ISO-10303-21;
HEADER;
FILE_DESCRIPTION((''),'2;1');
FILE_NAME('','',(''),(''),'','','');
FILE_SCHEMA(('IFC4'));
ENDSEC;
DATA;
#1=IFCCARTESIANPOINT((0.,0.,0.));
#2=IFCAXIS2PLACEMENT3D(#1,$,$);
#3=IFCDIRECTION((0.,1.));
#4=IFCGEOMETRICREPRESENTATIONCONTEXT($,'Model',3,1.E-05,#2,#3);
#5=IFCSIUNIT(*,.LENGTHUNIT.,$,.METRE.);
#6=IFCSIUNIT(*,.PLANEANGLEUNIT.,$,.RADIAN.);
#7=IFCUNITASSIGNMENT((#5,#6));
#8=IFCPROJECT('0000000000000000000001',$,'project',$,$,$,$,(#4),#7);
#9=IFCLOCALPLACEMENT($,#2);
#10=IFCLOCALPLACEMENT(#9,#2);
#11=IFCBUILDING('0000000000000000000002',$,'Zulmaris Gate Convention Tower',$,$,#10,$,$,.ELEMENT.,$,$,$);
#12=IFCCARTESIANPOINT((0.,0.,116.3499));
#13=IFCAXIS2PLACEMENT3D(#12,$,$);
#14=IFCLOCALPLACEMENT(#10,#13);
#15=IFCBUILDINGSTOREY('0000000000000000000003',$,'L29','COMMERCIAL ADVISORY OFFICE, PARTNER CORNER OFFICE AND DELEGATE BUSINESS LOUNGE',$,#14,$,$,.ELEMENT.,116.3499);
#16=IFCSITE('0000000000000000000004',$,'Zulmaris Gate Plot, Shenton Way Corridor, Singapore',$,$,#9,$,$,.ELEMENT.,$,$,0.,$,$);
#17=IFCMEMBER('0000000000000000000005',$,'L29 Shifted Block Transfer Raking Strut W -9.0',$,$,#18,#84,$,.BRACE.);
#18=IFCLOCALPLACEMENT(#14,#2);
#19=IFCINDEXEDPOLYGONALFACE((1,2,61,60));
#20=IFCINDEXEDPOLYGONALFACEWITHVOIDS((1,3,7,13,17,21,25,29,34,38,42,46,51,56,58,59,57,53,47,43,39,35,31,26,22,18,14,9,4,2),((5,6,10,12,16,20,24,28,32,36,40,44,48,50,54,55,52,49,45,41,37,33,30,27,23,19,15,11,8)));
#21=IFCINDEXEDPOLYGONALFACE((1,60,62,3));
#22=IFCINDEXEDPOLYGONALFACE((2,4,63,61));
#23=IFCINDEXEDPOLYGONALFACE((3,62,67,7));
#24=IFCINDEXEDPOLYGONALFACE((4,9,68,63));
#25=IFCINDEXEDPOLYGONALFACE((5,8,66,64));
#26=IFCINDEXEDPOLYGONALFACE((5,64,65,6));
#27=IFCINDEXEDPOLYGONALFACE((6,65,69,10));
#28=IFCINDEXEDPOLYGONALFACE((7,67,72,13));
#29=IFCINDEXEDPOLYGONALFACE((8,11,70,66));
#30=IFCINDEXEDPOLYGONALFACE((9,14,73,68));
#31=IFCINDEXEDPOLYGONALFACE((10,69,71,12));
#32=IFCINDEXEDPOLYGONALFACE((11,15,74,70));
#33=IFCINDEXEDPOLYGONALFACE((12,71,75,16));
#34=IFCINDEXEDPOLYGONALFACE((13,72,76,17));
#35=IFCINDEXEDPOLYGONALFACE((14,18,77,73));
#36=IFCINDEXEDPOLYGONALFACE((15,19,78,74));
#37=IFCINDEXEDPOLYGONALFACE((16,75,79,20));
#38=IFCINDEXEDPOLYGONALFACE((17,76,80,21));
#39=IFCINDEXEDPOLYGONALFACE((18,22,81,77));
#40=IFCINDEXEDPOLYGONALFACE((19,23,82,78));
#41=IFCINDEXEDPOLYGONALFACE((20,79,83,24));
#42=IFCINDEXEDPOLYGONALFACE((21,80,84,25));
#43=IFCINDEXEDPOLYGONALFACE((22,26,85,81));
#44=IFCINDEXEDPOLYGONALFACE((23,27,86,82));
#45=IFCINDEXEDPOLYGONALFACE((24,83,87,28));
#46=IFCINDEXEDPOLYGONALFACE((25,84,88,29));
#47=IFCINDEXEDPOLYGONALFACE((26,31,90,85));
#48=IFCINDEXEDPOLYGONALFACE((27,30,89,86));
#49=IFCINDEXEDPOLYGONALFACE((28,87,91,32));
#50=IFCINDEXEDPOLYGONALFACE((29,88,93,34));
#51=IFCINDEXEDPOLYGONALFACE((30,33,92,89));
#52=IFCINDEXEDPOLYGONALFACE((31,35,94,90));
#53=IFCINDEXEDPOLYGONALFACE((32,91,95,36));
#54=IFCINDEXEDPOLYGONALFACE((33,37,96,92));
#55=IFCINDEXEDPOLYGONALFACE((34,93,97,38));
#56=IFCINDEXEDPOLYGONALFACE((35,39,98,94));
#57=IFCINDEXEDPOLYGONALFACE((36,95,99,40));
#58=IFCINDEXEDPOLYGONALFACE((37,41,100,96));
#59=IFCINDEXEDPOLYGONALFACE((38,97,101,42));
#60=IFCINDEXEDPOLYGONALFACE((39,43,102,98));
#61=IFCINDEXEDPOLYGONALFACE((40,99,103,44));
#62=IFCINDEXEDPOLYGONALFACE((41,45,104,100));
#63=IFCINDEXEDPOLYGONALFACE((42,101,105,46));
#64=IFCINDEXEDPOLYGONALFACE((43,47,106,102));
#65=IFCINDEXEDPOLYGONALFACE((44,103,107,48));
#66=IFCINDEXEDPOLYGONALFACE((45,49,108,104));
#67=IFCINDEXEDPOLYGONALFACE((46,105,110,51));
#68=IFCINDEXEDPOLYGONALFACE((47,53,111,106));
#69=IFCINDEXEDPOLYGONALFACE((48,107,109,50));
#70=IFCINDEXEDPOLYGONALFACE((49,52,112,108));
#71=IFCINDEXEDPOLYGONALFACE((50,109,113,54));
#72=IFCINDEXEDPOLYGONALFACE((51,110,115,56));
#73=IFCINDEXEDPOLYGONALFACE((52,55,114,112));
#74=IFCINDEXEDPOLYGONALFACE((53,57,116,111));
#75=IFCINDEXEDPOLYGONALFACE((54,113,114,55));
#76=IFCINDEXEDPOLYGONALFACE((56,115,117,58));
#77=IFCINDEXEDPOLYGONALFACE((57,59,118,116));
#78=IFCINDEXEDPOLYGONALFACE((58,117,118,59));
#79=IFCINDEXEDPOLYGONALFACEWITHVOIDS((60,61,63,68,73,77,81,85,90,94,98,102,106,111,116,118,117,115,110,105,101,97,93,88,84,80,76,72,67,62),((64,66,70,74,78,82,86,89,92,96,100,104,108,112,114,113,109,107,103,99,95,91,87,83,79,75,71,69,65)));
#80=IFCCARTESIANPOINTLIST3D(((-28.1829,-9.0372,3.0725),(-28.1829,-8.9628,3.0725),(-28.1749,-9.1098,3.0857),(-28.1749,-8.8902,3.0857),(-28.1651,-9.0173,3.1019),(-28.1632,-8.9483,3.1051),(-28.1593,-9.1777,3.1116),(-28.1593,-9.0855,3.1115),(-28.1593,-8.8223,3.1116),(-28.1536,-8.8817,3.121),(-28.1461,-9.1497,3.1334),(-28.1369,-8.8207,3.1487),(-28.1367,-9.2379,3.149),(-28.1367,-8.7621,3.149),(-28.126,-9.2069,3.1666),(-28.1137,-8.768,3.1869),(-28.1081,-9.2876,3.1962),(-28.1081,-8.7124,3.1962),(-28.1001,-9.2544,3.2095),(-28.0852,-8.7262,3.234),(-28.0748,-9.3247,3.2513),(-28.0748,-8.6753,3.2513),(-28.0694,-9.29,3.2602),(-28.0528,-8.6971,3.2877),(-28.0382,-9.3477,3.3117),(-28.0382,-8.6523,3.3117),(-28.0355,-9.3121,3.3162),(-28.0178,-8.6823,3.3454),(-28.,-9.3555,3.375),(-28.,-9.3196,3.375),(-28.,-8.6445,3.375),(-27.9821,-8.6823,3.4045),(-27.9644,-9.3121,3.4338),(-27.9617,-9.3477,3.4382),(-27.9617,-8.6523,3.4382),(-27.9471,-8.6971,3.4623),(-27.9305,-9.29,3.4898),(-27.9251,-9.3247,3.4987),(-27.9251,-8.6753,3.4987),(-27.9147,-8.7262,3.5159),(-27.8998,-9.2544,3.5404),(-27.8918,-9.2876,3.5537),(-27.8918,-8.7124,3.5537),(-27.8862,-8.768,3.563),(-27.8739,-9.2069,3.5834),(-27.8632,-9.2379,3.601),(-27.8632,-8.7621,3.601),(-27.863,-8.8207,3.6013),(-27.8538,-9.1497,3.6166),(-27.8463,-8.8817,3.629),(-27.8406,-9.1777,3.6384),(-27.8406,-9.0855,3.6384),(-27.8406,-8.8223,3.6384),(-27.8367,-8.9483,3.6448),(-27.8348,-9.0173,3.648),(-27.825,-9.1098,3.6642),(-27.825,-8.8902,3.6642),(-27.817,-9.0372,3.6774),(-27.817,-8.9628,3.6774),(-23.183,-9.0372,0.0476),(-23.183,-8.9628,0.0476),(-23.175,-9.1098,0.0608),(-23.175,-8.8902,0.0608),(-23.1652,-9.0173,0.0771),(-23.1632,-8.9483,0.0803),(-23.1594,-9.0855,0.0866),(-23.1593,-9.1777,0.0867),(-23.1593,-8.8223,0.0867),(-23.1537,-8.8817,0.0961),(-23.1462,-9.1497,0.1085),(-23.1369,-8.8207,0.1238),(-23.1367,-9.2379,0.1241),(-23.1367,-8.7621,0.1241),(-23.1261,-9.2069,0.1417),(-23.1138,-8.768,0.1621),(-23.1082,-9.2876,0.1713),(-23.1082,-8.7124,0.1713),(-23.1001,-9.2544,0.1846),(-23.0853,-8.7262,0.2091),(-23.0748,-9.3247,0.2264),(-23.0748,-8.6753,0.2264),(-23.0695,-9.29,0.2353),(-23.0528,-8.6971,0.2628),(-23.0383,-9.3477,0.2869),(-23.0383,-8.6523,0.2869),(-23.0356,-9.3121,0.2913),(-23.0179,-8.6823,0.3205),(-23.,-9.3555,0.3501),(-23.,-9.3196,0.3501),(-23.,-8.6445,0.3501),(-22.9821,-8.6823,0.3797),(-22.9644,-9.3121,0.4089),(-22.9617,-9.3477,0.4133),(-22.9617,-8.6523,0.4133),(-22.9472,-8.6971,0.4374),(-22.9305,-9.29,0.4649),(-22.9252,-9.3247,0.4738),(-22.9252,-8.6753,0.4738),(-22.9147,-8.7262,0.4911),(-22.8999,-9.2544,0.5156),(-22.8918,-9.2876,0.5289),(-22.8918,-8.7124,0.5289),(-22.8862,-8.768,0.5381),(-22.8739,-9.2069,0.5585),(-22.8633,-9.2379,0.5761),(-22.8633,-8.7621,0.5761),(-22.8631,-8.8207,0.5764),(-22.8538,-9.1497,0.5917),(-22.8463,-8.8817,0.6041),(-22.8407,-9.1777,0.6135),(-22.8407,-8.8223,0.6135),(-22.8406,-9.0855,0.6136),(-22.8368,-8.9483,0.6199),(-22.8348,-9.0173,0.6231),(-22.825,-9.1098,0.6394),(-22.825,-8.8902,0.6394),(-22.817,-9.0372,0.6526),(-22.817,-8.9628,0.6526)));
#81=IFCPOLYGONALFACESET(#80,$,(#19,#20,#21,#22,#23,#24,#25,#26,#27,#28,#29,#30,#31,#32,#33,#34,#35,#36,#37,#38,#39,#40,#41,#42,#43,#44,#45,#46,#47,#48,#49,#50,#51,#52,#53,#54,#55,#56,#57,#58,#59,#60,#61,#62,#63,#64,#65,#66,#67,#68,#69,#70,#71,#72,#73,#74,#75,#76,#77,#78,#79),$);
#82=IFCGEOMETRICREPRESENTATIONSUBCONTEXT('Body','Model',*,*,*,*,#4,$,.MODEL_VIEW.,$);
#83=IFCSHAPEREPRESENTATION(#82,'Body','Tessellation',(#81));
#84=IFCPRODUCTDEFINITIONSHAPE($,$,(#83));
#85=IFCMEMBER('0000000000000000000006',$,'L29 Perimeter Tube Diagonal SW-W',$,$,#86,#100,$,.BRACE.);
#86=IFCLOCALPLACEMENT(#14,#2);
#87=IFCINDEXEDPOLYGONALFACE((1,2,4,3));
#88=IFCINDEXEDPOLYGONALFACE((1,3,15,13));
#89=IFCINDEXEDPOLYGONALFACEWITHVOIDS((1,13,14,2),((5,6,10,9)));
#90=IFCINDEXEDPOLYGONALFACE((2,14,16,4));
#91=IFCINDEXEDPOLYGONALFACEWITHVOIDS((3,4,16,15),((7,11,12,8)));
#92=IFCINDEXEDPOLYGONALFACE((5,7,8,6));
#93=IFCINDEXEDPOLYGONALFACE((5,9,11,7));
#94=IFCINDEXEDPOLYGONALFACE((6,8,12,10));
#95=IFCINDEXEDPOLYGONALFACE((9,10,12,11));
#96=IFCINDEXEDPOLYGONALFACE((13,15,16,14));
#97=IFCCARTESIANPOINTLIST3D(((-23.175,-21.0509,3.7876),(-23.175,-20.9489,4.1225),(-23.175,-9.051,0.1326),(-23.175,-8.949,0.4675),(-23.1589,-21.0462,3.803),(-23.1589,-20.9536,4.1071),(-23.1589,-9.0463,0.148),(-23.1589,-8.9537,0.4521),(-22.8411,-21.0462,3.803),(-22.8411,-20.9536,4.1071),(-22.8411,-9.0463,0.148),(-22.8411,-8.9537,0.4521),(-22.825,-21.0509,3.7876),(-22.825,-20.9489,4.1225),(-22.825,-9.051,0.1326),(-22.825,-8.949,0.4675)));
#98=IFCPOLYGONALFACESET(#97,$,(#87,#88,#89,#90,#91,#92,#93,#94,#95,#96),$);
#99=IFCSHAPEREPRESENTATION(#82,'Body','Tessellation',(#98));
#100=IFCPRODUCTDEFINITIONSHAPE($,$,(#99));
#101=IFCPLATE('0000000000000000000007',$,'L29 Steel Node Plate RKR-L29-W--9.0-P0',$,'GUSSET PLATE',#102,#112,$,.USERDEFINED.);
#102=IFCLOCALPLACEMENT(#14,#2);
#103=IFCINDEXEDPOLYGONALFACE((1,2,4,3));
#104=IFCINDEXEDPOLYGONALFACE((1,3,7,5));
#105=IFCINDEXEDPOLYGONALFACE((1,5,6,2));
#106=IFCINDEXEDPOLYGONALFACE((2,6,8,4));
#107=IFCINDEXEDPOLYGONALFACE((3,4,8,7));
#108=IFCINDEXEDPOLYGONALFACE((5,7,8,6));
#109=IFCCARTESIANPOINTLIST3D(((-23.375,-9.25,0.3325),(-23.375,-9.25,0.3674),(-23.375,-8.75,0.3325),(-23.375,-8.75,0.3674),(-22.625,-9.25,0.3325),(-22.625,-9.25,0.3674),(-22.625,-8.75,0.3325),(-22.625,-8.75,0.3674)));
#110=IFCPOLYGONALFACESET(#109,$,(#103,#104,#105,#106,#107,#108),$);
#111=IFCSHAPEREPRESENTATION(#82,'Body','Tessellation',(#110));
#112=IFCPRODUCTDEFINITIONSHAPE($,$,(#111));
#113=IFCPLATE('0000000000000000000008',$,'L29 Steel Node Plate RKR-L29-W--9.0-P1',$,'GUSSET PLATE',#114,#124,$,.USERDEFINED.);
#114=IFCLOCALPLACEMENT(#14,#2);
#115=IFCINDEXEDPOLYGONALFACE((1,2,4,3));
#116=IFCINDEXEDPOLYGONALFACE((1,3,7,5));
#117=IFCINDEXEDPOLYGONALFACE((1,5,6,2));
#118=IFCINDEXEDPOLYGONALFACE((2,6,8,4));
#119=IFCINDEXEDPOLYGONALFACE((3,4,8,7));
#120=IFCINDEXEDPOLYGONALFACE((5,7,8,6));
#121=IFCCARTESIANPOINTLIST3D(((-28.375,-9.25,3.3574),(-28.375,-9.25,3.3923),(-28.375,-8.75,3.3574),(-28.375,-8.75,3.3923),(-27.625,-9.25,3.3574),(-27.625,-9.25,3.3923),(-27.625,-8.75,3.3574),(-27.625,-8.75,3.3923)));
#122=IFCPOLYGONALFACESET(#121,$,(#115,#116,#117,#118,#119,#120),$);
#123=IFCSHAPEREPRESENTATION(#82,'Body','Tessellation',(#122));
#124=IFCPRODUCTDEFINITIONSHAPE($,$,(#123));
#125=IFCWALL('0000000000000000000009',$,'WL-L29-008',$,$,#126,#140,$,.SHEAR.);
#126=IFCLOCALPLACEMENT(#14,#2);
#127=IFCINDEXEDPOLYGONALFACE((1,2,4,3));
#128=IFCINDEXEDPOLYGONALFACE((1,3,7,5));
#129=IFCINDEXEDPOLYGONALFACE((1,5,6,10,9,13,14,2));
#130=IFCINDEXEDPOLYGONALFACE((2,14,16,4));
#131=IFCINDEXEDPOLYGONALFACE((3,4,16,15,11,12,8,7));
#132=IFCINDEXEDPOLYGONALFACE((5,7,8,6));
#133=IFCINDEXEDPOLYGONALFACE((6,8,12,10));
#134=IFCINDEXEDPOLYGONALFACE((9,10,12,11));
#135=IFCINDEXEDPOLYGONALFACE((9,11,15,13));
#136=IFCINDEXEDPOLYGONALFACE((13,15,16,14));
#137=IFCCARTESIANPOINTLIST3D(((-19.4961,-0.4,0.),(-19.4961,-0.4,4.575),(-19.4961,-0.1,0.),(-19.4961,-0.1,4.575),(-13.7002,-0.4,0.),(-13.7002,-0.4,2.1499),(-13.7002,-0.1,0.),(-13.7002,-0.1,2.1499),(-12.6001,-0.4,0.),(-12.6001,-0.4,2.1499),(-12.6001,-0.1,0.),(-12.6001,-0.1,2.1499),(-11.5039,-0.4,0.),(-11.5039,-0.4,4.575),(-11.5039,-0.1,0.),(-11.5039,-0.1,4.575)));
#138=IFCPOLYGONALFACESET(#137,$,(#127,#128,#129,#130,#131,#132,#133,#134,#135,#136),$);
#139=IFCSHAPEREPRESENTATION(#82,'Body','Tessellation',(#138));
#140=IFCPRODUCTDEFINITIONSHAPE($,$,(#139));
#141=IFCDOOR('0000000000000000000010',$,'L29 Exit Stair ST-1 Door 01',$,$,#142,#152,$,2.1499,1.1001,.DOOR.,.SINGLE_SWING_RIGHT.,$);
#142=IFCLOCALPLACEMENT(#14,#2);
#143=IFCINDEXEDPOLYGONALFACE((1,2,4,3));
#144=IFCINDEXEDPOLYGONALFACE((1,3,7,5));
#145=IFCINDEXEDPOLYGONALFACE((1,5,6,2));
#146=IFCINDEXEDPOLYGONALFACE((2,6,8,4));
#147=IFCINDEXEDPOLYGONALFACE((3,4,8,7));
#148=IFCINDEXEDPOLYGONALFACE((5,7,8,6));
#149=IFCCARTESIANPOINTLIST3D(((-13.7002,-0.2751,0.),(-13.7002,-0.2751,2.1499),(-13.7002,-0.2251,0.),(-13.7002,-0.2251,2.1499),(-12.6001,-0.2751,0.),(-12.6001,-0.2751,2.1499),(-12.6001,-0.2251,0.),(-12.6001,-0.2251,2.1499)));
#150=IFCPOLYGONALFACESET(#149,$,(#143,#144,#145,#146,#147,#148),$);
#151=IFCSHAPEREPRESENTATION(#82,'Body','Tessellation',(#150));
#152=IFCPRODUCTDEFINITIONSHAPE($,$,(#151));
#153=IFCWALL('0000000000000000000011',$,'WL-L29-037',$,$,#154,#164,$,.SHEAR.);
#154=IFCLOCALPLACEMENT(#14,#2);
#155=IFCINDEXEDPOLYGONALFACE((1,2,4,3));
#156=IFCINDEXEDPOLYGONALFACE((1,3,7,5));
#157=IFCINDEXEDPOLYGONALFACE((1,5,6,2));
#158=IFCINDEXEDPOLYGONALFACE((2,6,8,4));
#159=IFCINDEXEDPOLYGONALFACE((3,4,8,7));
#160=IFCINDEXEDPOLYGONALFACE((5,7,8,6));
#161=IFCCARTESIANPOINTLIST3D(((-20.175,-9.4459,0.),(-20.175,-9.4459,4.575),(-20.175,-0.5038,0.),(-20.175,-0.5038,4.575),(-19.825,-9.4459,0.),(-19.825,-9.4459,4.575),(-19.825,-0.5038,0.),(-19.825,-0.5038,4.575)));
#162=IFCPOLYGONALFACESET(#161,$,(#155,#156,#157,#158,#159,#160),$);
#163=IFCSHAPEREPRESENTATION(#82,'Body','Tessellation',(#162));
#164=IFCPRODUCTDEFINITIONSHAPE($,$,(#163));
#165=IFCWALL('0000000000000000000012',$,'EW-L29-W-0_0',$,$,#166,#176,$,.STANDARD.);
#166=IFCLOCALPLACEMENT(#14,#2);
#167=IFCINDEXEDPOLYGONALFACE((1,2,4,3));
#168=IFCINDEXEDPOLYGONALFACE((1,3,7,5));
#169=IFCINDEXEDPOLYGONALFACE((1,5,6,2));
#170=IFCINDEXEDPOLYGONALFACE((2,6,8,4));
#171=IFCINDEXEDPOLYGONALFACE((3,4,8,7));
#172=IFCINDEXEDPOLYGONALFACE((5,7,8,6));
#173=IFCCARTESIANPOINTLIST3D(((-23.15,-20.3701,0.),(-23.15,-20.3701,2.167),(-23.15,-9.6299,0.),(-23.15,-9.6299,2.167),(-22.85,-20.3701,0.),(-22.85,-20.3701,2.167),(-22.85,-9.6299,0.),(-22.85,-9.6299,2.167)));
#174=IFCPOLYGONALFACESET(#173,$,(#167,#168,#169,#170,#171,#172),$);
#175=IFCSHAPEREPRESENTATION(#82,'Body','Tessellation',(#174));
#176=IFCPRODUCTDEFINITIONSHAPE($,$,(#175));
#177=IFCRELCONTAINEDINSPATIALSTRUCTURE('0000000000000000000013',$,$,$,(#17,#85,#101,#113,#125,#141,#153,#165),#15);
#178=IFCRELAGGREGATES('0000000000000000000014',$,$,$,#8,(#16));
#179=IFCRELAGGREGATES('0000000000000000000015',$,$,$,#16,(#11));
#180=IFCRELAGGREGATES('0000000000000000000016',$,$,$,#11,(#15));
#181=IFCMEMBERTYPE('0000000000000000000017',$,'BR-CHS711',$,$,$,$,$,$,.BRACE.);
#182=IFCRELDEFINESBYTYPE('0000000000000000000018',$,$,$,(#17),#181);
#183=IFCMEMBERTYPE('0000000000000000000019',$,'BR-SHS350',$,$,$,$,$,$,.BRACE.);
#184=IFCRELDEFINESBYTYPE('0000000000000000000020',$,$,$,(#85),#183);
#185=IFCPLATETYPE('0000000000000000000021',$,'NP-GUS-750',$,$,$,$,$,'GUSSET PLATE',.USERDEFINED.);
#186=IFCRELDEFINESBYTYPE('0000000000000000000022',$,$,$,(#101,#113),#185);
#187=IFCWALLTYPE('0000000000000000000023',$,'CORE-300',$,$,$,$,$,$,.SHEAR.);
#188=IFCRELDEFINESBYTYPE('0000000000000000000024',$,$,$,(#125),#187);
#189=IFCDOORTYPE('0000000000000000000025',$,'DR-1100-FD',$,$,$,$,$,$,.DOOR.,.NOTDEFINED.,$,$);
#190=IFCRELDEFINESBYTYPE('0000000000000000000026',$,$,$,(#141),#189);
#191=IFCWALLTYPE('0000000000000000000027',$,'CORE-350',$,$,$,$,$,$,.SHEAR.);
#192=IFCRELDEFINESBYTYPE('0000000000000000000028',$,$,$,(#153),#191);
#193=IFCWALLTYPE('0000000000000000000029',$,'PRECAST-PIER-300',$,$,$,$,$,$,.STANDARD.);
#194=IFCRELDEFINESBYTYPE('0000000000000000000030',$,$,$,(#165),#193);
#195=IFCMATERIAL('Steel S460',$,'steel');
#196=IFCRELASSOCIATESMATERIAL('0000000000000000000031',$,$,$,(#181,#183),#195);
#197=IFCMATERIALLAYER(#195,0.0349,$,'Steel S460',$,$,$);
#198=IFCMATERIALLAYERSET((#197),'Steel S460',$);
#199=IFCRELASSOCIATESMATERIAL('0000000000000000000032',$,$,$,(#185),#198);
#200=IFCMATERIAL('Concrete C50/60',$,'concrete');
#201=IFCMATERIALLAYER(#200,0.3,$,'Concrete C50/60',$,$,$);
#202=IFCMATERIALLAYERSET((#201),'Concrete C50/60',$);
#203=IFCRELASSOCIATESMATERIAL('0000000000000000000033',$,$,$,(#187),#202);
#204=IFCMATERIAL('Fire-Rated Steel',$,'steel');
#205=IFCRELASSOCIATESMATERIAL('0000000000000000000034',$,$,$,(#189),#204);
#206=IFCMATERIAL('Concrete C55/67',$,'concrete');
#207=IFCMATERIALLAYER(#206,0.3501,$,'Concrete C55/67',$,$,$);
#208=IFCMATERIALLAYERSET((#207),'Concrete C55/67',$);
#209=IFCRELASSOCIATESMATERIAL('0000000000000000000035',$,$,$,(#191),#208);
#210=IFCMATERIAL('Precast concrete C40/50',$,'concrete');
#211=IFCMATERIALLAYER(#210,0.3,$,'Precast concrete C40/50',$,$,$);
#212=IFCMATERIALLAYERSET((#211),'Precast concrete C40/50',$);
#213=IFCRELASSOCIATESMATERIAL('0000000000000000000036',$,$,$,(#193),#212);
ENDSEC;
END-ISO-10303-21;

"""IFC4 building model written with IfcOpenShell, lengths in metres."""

from ifc_helpers import new_model, si_unit, direction, frame, frame_2d, origin, origin_2d, place, context, subcontext, project, spatial, rectangle, hollow_rectangle, hollow_circle, extrude, material, layer, layer_set, material_profile, profile_set, type_object, element, fill, save


model = new_model("IFC4")

# Units and contexts
model_context = context("Model", 3, precision=1e-05, world=origin(), true_north=direction((0.0, 1.0)))
body_context = subcontext(model_context, "Body", "Model", "MODEL_VIEW")
ifc_project = project(units=[si_unit("LENGTHUNIT", "METRE"), si_unit("PLANEANGLEUNIT", "RADIAN")], contexts=[model_context])

# Site, building, storey
site_placement = place(None, origin())
site = spatial("IfcSite", under=ifc_project, at=site_placement, Name="Zulmaris Gate Plot, Shenton Way Corridor, Singapore", CompositionType="ELEMENT", RefElevation=0.0)
building_placement = place(site_placement, origin())
building = spatial("IfcBuilding", under=site, at=building_placement, Name="Zulmaris Gate Convention Tower", CompositionType="ELEMENT")
storey_placement = place(building_placement, frame((0.0, 0.0, 116.3499)))
storey = spatial("IfcBuildingStorey", under=building, at=storey_placement, Name="L29", Description="COMMERCIAL ADVISORY OFFICE, PARTNER CORNER OFFICE AND DELEGATE BUSINESS LOUNGE", CompositionType="ELEMENT", Elevation=116.3499)

# Members
ifc_material_1 = material(Name="Steel S460", Category="steel")
ifc_material_profile_1 = material_profile(ifc_material_1, hollow_circle(Radius=0.3555, WallThickness=0.0359, at=origin_2d()), Name="CHS 711x36")
ifc_profile_set_1 = profile_set([ifc_material_profile_1], Name="Steel S460")
member_type_1 = type_object("IfcMemberType", Name="BR-CHS711", PredefinedType="BRACE", material=ifc_profile_set_1)
member_1_placement = place(storey_placement, frame((-23.0, -9.0, 0.3501), z_axis=(-0.855607, 0.0, 0.517626), x_axis=(0.0, -1.0, 0.0)))
element("IfcMember", 1, at=member_1_placement, inside=storey, type_object=member_type_1, Name="L29 Shifted Block Transfer Raking Strut W -9.0", PredefinedType="BRACE", context=body_context, shape_type="SweptSolid", body=[
    extrude(hollow_circle(Radius=0.3555, WallThickness=0.0359, at=origin_2d()), origin(), (0.0, 0.0, 1.0), 5.8438),
])
ifc_material_profile_2 = material_profile(ifc_material_1, hollow_rectangle(XDim=0.3501, YDim=0.3501, WallThickness=0.0161, at=origin_2d()), Name="SHS 350x350x16")
ifc_profile_set_2 = profile_set([ifc_material_profile_2], Name="Steel S460")
member_type_2 = type_object("IfcMemberType", Name="BR-SHS350", PredefinedType="BRACE", material=ifc_profile_set_2)
member_2_placement = place(storey_placement, frame((-23.0, -9.0, 0.3), z_axis=(0.0, -0.95661, 0.29137), x_axis=(1.0, 0.0, 0.0)))
element("IfcMember", 2, at=member_2_placement, inside=storey, type_object=member_type_2, Name="L29 Perimeter Tube Diagonal SW-W", PredefinedType="BRACE", context=body_context, shape_type="SweptSolid", body=[
    extrude(hollow_rectangle(XDim=0.3501, YDim=0.3501, WallThickness=0.0161, at=origin_2d()), origin(), (0.0, 0.0, 1.0), 12.5442),
])

# Plates
ifc_layer_1 = layer(ifc_material_1, 0.0349, Name="Steel S460")
ifc_layer_set_1 = layer_set([ifc_layer_1], Name="Steel S460")
plate_type = type_object("IfcPlateType", Name="NP-GUS-750", ElementType="GUSSET PLATE", PredefinedType="USERDEFINED", material=ifc_layer_set_1)
for number, where, z_axis, x_axis, name in (
    (3, (-23.0, -9.0, 0.3325), (0.0, 0.0, 1.0), (1.0, 0.0, 0.0), "L29 Steel Node Plate RKR-L29-W--9.0-P0"),
    (4, (-28.0, -9.0, 3.3574), (0.0, 0.0, 1.0), (1.0, 0.0, 0.0), "L29 Steel Node Plate RKR-L29-W--9.0-P1"),
):
    element("IfcPlate", number, at=place(storey_placement, frame(where, z_axis=z_axis, x_axis=x_axis)), inside=storey, type_object=plate_type, Name=name, ObjectType="GUSSET PLATE", PredefinedType="USERDEFINED", context=body_context, shape_type="SweptSolid", body=[
        extrude(rectangle(XDim=0.75, YDim=0.5, at=origin_2d()), origin(), (0.0, 0.0, 1.0), 0.0349),
    ])

# Wall, opening, door
ifc_material_2 = material(Name="Concrete C50/60", Category="concrete")
ifc_layer_2 = layer(ifc_material_2, 0.3, Name="Concrete C50/60")
ifc_layer_set_2 = layer_set([ifc_layer_2], Name="Concrete C50/60")
wall_type_1 = type_object("IfcWallType", Name="CORE-300", PredefinedType="SHEAR", material=ifc_layer_set_2)
wall_1_placement = place(storey_placement, frame((-19.4961, -0.25, 0.0), z_axis=(0.0, 0.0, 1.0), x_axis=(1.0, 0.0, 0.0)))
wall_1 = element("IfcWall", 5, at=wall_1_placement, inside=storey, type_object=wall_type_1, Name="WL-L29-008", PredefinedType="SHEAR", context=body_context, shape_type="SweptSolid", body=[
    extrude(rectangle(XDim=7.9922, YDim=0.3, at=frame_2d((3.9961, 0.0))), origin(), (0.0, 0.0, 1.0), 4.575),
])
opening_1_placement = place(wall_1_placement, frame((5.7959, 0.0, 0.0)))
opening_1 = element("IfcOpeningElement", 6, at=opening_1_placement, cuts=wall_1, PredefinedType="OPENING", context=body_context, shape_type="SweptSolid", body=[
    extrude(rectangle(XDim=1.1001, YDim=2.1499, at=frame_2d((0.55, 1.075))), frame((0.0, 0.1602, 0.0), z_axis=(0.0, -1.0, 0.0), x_axis=(1.0, 0.0, 0.0)), (0.0, 0.0, 1.0), 0.3201),
])
ifc_material_3 = material(Name="Fire-Rated Steel", Category="steel")
door_type_1 = type_object("IfcDoorType", Name="DR-1100-FD", OperationType="NOTDEFINED", PredefinedType="DOOR", material=ifc_material_3)
door_1_placement = place(opening_1_placement, origin())
door_1 = element("IfcDoor", 7, at=door_1_placement, inside=storey, type_object=door_type_1, Name="L29 Exit Stair ST-1 Door 01", OperationType="SINGLE_SWING_RIGHT", OverallHeight=2.1499, OverallWidth=1.1001, PredefinedType="DOOR", context=body_context, shape_type="SweptSolid", body=[
    extrude(rectangle(XDim=1.1001, YDim=2.1499, at=frame_2d((0.55, 1.075))), frame((0.0, 0.0249, 0.0), z_axis=(0.0, -1.0, 0.0), x_axis=(1.0, 0.0, 0.0)), (0.0, 0.0, 1.0), 0.05),
])
fill(opening_1, door_1)
ifc_material_4 = material(Name="Concrete C55/67", Category="concrete")
ifc_layer_3 = layer(ifc_material_4, 0.3501, Name="Concrete C55/67")
ifc_layer_set_3 = layer_set([ifc_layer_3], Name="Concrete C55/67")
wall_type_2 = type_object("IfcWallType", Name="CORE-350", PredefinedType="SHEAR", material=ifc_layer_set_3)

# Wall
wall_2_placement = place(storey_placement, frame((-20.0, -9.446, 0.0), z_axis=(0.0, 0.0, 1.0), x_axis=(0.0, 1.0, 0.0)))
element("IfcWall", 8, at=wall_2_placement, inside=storey, type_object=wall_type_2, Name="WL-L29-037", PredefinedType="SHEAR", context=body_context, shape_type="SweptSolid", body=[
    extrude(rectangle(XDim=8.9421, YDim=0.3501, at=frame_2d((4.4712, 0.0))), origin(), (0.0, 0.0, 1.0), 4.575),
])

# Wall
ifc_material_5 = material(Name="Precast concrete C40/50", Category="concrete")
ifc_layer_4 = layer(ifc_material_5, 0.3, Name="Precast concrete C40/50")
ifc_layer_set_4 = layer_set([ifc_layer_4], Name="Precast concrete C40/50")
wall_type_3 = type_object("IfcWallType", Name="PRECAST-PIER-300", PredefinedType="STANDARD", material=ifc_layer_set_4)
wall_3_placement = place(storey_placement, frame((-23.0, -9.6299, 0.0), z_axis=(0.0, 0.0, 1.0), x_axis=(0.0, -1.0, 0.0)))
element("IfcWall", 9, at=wall_3_placement, inside=storey, type_object=wall_type_3, Name="EW-L29-W-0_0", PredefinedType="STANDARD", context=body_context, shape_type="SweptSolid", body=[
    extrude(rectangle(XDim=10.7402, YDim=0.3, at=frame_2d((5.3701, 0.0))), origin(), (0.0, 0.0, 1.0), 2.167),
])

save(model, "model.ifc")
